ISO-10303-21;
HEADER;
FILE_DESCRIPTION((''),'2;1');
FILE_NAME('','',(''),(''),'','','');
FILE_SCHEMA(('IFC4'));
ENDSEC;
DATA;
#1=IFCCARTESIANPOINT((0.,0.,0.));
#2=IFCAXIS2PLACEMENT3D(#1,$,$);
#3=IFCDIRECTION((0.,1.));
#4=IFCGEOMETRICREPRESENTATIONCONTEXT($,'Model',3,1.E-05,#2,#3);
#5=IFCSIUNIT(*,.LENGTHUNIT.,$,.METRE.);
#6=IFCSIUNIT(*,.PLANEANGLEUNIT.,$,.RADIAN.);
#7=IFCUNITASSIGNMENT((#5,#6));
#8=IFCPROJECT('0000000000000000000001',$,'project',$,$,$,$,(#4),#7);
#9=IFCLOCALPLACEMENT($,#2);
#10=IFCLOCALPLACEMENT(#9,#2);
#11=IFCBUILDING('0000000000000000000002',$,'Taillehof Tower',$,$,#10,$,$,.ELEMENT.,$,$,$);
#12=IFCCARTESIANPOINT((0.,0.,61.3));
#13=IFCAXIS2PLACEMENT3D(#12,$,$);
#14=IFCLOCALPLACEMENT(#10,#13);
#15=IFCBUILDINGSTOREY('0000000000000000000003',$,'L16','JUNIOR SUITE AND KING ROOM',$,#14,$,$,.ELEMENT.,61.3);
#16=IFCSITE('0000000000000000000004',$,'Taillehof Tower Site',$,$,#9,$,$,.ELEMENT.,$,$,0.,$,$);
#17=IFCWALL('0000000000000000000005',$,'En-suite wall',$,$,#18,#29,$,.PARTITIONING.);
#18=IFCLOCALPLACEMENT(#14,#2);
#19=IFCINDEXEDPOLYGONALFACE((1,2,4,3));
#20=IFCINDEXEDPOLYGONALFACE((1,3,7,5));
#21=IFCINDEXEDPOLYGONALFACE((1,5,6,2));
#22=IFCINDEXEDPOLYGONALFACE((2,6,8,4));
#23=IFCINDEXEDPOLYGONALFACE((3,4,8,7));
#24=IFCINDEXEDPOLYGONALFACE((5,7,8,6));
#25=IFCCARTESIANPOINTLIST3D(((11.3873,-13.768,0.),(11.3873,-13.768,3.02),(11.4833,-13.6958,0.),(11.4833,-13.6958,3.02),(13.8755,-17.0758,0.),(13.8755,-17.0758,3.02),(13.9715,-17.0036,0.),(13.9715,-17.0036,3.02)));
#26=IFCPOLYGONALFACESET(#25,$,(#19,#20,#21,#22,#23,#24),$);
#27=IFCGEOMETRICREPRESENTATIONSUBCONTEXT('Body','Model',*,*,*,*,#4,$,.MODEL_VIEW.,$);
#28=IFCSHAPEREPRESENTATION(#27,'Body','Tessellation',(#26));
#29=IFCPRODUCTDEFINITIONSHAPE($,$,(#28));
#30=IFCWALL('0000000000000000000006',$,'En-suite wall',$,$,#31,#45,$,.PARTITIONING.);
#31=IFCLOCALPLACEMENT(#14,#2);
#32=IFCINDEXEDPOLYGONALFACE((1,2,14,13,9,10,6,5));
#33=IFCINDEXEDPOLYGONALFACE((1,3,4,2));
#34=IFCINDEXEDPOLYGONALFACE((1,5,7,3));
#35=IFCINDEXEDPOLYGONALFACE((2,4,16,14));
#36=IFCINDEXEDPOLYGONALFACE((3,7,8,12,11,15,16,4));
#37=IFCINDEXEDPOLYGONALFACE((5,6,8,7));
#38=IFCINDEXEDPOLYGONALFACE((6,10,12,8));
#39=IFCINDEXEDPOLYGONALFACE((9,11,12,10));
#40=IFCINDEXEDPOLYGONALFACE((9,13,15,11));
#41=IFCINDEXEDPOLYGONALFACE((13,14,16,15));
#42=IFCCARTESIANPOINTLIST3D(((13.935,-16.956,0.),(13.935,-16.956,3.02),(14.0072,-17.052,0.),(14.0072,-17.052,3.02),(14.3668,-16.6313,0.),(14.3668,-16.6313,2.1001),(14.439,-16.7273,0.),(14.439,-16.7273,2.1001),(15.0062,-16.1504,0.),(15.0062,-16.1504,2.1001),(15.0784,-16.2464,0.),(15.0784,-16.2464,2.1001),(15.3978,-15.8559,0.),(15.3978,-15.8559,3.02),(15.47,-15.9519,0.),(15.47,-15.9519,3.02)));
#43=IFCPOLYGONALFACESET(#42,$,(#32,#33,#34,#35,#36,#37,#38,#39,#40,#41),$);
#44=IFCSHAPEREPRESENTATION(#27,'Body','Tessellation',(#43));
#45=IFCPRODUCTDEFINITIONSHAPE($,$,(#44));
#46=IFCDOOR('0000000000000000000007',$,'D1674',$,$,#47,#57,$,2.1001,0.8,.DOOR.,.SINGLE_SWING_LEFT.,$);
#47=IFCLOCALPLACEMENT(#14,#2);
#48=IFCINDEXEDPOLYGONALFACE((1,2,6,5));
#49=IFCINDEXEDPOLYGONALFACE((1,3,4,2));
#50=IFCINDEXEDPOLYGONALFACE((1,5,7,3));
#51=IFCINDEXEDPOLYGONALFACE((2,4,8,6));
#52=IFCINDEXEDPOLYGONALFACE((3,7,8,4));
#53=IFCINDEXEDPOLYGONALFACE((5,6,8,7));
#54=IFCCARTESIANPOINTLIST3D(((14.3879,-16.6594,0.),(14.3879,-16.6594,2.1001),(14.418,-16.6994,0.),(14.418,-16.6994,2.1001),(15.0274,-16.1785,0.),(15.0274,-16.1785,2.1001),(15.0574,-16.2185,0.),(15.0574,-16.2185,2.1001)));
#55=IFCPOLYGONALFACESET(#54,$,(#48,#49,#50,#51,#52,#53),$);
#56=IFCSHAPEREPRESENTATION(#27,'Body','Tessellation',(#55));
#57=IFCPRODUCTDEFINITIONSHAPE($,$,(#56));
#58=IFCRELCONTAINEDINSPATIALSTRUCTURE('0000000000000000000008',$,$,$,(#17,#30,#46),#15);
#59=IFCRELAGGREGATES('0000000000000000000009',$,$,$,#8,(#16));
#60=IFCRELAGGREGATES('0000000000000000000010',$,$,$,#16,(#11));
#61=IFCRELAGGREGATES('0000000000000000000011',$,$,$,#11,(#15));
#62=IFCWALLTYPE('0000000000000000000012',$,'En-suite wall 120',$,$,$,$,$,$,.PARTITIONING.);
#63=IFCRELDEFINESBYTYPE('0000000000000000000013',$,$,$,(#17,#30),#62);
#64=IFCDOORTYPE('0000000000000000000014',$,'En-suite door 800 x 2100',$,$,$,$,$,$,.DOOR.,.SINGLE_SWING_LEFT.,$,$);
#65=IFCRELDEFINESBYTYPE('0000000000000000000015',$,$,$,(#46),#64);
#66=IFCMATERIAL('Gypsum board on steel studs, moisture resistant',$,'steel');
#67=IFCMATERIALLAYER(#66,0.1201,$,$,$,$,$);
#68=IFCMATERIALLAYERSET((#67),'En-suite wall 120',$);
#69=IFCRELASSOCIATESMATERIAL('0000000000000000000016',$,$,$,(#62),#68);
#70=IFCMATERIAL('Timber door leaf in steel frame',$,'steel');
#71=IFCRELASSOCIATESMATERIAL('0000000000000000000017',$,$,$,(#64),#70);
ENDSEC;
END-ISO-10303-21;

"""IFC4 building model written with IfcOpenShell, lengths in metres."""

from ifc_helpers import new_model, si_unit, direction, frame, frame_2d, origin, place, context, subcontext, project, spatial, rectangle, extrude, material, layer, layer_set, type_object, element, fill, save


model = new_model("IFC4")

# Units and contexts
model_context = context("Model", 3, precision=1e-05, world=origin(), true_north=direction((0.0, 1.0)))
body_context = subcontext(model_context, "Body", "Model", "MODEL_VIEW")
ifc_project = project(units=[si_unit("LENGTHUNIT", "METRE"), si_unit("PLANEANGLEUNIT", "RADIAN")], contexts=[model_context])

# Site, building, storey
site_placement = place(None, origin())
site = spatial("IfcSite", under=ifc_project, at=site_placement, Name="Taillehof Tower Site", CompositionType="ELEMENT", RefElevation=0.0)
building_placement = place(site_placement, origin())
building = spatial("IfcBuilding", under=site, at=building_placement, Name="Taillehof Tower", CompositionType="ELEMENT")
storey_placement = place(building_placement, frame((0.0, 0.0, 61.3)))
storey = spatial("IfcBuildingStorey", under=building, at=storey_placement, Name="L16", Description="JUNIOR SUITE AND KING ROOM", CompositionType="ELEMENT", Elevation=61.3)

# Wall
ifc_material_1 = material(Name="Gypsum board on steel studs, moisture resistant", Category="steel")
ifc_layer_1 = layer(ifc_material_1, 0.1201)
ifc_layer_set_1 = layer_set([ifc_layer_1], Name="En-suite wall 120")
wall_type_1 = type_object("IfcWallType", Name="En-suite wall 120", PredefinedType="PARTITIONING", material=ifc_layer_set_1)
wall_1_placement = place(storey_placement, frame((11.4353, -13.7319, 0.0), z_axis=(0.0, 0.0, 1.0), x_axis=(0.601141, -0.799143, 0.0)))
element("IfcWall", 1, at=wall_1_placement, inside=storey, type_object=wall_type_1, Name="En-suite wall", PredefinedType="PARTITIONING", context=body_context, shape_type="SweptSolid", body=[
    extrude(rectangle(XDim=4.1392, YDim=0.1201, at=frame_2d((2.0696, 0.0))), origin(), (0.0, 0.0, 1.0), 3.02),
])

# Wall, opening, door
wall_2_placement = place(storey_placement, frame((13.9712, -17.0039, 0.0), z_axis=(0.0, 0.0, 1.0), x_axis=(0.799231, 0.601024, 0.0)))
wall_2 = element("IfcWall", 2, at=wall_2_placement, inside=storey, type_object=wall_type_1, Name="En-suite wall", PredefinedType="PARTITIONING", context=body_context, shape_type="SweptSolid", body=[
    extrude(rectangle(XDim=1.8303, YDim=0.1201, at=frame_2d((0.915, 0.0))), origin(), (0.0, 0.0, 1.0), 3.02),
])
opening_1_placement = place(wall_2_placement, frame((0.5403, 0.0, 0.0)))
opening_1 = element("IfcOpeningElement", 3, at=opening_1_placement, cuts=wall_2, PredefinedType="OPENING", context=body_context, shape_type="SweptSolid", body=[
    extrude(rectangle(XDim=0.8, YDim=2.1001, at=frame_2d((0.3999, 1.05))), frame((0.0, 0.0701, 0.0), z_axis=(0.0, -1.0, 0.0), x_axis=(1.0, 0.0, 0.0)), (0.0, 0.0, 1.0), 0.1401),
])
ifc_material_2 = material(Name="Timber door leaf in steel frame", Category="steel")
door_type_1 = type_object("IfcDoorType", Name="En-suite door 800 x 2100", OperationType="SINGLE_SWING_LEFT", PredefinedType="DOOR", material=ifc_material_2)
door_1_placement = place(opening_1_placement, origin())
door_1 = element("IfcDoor", 4, at=door_1_placement, inside=storey, type_object=door_type_1, Name="D1674", OperationType="SINGLE_SWING_LEFT", OverallHeight=2.1001, OverallWidth=0.8, PredefinedType="DOOR", context=body_context, shape_type="SweptSolid", body=[
    extrude(rectangle(XDim=0.8, YDim=2.1001, at=frame_2d((0.3999, 1.05))), frame((0.0, 0.0249, 0.0), z_axis=(0.0, -1.0, 0.0), x_axis=(1.0, 0.0, 0.0)), (0.0, 0.0, 1.0), 0.05),
])
fill(opening_1, door_1)

save(model, "model.ifc")
